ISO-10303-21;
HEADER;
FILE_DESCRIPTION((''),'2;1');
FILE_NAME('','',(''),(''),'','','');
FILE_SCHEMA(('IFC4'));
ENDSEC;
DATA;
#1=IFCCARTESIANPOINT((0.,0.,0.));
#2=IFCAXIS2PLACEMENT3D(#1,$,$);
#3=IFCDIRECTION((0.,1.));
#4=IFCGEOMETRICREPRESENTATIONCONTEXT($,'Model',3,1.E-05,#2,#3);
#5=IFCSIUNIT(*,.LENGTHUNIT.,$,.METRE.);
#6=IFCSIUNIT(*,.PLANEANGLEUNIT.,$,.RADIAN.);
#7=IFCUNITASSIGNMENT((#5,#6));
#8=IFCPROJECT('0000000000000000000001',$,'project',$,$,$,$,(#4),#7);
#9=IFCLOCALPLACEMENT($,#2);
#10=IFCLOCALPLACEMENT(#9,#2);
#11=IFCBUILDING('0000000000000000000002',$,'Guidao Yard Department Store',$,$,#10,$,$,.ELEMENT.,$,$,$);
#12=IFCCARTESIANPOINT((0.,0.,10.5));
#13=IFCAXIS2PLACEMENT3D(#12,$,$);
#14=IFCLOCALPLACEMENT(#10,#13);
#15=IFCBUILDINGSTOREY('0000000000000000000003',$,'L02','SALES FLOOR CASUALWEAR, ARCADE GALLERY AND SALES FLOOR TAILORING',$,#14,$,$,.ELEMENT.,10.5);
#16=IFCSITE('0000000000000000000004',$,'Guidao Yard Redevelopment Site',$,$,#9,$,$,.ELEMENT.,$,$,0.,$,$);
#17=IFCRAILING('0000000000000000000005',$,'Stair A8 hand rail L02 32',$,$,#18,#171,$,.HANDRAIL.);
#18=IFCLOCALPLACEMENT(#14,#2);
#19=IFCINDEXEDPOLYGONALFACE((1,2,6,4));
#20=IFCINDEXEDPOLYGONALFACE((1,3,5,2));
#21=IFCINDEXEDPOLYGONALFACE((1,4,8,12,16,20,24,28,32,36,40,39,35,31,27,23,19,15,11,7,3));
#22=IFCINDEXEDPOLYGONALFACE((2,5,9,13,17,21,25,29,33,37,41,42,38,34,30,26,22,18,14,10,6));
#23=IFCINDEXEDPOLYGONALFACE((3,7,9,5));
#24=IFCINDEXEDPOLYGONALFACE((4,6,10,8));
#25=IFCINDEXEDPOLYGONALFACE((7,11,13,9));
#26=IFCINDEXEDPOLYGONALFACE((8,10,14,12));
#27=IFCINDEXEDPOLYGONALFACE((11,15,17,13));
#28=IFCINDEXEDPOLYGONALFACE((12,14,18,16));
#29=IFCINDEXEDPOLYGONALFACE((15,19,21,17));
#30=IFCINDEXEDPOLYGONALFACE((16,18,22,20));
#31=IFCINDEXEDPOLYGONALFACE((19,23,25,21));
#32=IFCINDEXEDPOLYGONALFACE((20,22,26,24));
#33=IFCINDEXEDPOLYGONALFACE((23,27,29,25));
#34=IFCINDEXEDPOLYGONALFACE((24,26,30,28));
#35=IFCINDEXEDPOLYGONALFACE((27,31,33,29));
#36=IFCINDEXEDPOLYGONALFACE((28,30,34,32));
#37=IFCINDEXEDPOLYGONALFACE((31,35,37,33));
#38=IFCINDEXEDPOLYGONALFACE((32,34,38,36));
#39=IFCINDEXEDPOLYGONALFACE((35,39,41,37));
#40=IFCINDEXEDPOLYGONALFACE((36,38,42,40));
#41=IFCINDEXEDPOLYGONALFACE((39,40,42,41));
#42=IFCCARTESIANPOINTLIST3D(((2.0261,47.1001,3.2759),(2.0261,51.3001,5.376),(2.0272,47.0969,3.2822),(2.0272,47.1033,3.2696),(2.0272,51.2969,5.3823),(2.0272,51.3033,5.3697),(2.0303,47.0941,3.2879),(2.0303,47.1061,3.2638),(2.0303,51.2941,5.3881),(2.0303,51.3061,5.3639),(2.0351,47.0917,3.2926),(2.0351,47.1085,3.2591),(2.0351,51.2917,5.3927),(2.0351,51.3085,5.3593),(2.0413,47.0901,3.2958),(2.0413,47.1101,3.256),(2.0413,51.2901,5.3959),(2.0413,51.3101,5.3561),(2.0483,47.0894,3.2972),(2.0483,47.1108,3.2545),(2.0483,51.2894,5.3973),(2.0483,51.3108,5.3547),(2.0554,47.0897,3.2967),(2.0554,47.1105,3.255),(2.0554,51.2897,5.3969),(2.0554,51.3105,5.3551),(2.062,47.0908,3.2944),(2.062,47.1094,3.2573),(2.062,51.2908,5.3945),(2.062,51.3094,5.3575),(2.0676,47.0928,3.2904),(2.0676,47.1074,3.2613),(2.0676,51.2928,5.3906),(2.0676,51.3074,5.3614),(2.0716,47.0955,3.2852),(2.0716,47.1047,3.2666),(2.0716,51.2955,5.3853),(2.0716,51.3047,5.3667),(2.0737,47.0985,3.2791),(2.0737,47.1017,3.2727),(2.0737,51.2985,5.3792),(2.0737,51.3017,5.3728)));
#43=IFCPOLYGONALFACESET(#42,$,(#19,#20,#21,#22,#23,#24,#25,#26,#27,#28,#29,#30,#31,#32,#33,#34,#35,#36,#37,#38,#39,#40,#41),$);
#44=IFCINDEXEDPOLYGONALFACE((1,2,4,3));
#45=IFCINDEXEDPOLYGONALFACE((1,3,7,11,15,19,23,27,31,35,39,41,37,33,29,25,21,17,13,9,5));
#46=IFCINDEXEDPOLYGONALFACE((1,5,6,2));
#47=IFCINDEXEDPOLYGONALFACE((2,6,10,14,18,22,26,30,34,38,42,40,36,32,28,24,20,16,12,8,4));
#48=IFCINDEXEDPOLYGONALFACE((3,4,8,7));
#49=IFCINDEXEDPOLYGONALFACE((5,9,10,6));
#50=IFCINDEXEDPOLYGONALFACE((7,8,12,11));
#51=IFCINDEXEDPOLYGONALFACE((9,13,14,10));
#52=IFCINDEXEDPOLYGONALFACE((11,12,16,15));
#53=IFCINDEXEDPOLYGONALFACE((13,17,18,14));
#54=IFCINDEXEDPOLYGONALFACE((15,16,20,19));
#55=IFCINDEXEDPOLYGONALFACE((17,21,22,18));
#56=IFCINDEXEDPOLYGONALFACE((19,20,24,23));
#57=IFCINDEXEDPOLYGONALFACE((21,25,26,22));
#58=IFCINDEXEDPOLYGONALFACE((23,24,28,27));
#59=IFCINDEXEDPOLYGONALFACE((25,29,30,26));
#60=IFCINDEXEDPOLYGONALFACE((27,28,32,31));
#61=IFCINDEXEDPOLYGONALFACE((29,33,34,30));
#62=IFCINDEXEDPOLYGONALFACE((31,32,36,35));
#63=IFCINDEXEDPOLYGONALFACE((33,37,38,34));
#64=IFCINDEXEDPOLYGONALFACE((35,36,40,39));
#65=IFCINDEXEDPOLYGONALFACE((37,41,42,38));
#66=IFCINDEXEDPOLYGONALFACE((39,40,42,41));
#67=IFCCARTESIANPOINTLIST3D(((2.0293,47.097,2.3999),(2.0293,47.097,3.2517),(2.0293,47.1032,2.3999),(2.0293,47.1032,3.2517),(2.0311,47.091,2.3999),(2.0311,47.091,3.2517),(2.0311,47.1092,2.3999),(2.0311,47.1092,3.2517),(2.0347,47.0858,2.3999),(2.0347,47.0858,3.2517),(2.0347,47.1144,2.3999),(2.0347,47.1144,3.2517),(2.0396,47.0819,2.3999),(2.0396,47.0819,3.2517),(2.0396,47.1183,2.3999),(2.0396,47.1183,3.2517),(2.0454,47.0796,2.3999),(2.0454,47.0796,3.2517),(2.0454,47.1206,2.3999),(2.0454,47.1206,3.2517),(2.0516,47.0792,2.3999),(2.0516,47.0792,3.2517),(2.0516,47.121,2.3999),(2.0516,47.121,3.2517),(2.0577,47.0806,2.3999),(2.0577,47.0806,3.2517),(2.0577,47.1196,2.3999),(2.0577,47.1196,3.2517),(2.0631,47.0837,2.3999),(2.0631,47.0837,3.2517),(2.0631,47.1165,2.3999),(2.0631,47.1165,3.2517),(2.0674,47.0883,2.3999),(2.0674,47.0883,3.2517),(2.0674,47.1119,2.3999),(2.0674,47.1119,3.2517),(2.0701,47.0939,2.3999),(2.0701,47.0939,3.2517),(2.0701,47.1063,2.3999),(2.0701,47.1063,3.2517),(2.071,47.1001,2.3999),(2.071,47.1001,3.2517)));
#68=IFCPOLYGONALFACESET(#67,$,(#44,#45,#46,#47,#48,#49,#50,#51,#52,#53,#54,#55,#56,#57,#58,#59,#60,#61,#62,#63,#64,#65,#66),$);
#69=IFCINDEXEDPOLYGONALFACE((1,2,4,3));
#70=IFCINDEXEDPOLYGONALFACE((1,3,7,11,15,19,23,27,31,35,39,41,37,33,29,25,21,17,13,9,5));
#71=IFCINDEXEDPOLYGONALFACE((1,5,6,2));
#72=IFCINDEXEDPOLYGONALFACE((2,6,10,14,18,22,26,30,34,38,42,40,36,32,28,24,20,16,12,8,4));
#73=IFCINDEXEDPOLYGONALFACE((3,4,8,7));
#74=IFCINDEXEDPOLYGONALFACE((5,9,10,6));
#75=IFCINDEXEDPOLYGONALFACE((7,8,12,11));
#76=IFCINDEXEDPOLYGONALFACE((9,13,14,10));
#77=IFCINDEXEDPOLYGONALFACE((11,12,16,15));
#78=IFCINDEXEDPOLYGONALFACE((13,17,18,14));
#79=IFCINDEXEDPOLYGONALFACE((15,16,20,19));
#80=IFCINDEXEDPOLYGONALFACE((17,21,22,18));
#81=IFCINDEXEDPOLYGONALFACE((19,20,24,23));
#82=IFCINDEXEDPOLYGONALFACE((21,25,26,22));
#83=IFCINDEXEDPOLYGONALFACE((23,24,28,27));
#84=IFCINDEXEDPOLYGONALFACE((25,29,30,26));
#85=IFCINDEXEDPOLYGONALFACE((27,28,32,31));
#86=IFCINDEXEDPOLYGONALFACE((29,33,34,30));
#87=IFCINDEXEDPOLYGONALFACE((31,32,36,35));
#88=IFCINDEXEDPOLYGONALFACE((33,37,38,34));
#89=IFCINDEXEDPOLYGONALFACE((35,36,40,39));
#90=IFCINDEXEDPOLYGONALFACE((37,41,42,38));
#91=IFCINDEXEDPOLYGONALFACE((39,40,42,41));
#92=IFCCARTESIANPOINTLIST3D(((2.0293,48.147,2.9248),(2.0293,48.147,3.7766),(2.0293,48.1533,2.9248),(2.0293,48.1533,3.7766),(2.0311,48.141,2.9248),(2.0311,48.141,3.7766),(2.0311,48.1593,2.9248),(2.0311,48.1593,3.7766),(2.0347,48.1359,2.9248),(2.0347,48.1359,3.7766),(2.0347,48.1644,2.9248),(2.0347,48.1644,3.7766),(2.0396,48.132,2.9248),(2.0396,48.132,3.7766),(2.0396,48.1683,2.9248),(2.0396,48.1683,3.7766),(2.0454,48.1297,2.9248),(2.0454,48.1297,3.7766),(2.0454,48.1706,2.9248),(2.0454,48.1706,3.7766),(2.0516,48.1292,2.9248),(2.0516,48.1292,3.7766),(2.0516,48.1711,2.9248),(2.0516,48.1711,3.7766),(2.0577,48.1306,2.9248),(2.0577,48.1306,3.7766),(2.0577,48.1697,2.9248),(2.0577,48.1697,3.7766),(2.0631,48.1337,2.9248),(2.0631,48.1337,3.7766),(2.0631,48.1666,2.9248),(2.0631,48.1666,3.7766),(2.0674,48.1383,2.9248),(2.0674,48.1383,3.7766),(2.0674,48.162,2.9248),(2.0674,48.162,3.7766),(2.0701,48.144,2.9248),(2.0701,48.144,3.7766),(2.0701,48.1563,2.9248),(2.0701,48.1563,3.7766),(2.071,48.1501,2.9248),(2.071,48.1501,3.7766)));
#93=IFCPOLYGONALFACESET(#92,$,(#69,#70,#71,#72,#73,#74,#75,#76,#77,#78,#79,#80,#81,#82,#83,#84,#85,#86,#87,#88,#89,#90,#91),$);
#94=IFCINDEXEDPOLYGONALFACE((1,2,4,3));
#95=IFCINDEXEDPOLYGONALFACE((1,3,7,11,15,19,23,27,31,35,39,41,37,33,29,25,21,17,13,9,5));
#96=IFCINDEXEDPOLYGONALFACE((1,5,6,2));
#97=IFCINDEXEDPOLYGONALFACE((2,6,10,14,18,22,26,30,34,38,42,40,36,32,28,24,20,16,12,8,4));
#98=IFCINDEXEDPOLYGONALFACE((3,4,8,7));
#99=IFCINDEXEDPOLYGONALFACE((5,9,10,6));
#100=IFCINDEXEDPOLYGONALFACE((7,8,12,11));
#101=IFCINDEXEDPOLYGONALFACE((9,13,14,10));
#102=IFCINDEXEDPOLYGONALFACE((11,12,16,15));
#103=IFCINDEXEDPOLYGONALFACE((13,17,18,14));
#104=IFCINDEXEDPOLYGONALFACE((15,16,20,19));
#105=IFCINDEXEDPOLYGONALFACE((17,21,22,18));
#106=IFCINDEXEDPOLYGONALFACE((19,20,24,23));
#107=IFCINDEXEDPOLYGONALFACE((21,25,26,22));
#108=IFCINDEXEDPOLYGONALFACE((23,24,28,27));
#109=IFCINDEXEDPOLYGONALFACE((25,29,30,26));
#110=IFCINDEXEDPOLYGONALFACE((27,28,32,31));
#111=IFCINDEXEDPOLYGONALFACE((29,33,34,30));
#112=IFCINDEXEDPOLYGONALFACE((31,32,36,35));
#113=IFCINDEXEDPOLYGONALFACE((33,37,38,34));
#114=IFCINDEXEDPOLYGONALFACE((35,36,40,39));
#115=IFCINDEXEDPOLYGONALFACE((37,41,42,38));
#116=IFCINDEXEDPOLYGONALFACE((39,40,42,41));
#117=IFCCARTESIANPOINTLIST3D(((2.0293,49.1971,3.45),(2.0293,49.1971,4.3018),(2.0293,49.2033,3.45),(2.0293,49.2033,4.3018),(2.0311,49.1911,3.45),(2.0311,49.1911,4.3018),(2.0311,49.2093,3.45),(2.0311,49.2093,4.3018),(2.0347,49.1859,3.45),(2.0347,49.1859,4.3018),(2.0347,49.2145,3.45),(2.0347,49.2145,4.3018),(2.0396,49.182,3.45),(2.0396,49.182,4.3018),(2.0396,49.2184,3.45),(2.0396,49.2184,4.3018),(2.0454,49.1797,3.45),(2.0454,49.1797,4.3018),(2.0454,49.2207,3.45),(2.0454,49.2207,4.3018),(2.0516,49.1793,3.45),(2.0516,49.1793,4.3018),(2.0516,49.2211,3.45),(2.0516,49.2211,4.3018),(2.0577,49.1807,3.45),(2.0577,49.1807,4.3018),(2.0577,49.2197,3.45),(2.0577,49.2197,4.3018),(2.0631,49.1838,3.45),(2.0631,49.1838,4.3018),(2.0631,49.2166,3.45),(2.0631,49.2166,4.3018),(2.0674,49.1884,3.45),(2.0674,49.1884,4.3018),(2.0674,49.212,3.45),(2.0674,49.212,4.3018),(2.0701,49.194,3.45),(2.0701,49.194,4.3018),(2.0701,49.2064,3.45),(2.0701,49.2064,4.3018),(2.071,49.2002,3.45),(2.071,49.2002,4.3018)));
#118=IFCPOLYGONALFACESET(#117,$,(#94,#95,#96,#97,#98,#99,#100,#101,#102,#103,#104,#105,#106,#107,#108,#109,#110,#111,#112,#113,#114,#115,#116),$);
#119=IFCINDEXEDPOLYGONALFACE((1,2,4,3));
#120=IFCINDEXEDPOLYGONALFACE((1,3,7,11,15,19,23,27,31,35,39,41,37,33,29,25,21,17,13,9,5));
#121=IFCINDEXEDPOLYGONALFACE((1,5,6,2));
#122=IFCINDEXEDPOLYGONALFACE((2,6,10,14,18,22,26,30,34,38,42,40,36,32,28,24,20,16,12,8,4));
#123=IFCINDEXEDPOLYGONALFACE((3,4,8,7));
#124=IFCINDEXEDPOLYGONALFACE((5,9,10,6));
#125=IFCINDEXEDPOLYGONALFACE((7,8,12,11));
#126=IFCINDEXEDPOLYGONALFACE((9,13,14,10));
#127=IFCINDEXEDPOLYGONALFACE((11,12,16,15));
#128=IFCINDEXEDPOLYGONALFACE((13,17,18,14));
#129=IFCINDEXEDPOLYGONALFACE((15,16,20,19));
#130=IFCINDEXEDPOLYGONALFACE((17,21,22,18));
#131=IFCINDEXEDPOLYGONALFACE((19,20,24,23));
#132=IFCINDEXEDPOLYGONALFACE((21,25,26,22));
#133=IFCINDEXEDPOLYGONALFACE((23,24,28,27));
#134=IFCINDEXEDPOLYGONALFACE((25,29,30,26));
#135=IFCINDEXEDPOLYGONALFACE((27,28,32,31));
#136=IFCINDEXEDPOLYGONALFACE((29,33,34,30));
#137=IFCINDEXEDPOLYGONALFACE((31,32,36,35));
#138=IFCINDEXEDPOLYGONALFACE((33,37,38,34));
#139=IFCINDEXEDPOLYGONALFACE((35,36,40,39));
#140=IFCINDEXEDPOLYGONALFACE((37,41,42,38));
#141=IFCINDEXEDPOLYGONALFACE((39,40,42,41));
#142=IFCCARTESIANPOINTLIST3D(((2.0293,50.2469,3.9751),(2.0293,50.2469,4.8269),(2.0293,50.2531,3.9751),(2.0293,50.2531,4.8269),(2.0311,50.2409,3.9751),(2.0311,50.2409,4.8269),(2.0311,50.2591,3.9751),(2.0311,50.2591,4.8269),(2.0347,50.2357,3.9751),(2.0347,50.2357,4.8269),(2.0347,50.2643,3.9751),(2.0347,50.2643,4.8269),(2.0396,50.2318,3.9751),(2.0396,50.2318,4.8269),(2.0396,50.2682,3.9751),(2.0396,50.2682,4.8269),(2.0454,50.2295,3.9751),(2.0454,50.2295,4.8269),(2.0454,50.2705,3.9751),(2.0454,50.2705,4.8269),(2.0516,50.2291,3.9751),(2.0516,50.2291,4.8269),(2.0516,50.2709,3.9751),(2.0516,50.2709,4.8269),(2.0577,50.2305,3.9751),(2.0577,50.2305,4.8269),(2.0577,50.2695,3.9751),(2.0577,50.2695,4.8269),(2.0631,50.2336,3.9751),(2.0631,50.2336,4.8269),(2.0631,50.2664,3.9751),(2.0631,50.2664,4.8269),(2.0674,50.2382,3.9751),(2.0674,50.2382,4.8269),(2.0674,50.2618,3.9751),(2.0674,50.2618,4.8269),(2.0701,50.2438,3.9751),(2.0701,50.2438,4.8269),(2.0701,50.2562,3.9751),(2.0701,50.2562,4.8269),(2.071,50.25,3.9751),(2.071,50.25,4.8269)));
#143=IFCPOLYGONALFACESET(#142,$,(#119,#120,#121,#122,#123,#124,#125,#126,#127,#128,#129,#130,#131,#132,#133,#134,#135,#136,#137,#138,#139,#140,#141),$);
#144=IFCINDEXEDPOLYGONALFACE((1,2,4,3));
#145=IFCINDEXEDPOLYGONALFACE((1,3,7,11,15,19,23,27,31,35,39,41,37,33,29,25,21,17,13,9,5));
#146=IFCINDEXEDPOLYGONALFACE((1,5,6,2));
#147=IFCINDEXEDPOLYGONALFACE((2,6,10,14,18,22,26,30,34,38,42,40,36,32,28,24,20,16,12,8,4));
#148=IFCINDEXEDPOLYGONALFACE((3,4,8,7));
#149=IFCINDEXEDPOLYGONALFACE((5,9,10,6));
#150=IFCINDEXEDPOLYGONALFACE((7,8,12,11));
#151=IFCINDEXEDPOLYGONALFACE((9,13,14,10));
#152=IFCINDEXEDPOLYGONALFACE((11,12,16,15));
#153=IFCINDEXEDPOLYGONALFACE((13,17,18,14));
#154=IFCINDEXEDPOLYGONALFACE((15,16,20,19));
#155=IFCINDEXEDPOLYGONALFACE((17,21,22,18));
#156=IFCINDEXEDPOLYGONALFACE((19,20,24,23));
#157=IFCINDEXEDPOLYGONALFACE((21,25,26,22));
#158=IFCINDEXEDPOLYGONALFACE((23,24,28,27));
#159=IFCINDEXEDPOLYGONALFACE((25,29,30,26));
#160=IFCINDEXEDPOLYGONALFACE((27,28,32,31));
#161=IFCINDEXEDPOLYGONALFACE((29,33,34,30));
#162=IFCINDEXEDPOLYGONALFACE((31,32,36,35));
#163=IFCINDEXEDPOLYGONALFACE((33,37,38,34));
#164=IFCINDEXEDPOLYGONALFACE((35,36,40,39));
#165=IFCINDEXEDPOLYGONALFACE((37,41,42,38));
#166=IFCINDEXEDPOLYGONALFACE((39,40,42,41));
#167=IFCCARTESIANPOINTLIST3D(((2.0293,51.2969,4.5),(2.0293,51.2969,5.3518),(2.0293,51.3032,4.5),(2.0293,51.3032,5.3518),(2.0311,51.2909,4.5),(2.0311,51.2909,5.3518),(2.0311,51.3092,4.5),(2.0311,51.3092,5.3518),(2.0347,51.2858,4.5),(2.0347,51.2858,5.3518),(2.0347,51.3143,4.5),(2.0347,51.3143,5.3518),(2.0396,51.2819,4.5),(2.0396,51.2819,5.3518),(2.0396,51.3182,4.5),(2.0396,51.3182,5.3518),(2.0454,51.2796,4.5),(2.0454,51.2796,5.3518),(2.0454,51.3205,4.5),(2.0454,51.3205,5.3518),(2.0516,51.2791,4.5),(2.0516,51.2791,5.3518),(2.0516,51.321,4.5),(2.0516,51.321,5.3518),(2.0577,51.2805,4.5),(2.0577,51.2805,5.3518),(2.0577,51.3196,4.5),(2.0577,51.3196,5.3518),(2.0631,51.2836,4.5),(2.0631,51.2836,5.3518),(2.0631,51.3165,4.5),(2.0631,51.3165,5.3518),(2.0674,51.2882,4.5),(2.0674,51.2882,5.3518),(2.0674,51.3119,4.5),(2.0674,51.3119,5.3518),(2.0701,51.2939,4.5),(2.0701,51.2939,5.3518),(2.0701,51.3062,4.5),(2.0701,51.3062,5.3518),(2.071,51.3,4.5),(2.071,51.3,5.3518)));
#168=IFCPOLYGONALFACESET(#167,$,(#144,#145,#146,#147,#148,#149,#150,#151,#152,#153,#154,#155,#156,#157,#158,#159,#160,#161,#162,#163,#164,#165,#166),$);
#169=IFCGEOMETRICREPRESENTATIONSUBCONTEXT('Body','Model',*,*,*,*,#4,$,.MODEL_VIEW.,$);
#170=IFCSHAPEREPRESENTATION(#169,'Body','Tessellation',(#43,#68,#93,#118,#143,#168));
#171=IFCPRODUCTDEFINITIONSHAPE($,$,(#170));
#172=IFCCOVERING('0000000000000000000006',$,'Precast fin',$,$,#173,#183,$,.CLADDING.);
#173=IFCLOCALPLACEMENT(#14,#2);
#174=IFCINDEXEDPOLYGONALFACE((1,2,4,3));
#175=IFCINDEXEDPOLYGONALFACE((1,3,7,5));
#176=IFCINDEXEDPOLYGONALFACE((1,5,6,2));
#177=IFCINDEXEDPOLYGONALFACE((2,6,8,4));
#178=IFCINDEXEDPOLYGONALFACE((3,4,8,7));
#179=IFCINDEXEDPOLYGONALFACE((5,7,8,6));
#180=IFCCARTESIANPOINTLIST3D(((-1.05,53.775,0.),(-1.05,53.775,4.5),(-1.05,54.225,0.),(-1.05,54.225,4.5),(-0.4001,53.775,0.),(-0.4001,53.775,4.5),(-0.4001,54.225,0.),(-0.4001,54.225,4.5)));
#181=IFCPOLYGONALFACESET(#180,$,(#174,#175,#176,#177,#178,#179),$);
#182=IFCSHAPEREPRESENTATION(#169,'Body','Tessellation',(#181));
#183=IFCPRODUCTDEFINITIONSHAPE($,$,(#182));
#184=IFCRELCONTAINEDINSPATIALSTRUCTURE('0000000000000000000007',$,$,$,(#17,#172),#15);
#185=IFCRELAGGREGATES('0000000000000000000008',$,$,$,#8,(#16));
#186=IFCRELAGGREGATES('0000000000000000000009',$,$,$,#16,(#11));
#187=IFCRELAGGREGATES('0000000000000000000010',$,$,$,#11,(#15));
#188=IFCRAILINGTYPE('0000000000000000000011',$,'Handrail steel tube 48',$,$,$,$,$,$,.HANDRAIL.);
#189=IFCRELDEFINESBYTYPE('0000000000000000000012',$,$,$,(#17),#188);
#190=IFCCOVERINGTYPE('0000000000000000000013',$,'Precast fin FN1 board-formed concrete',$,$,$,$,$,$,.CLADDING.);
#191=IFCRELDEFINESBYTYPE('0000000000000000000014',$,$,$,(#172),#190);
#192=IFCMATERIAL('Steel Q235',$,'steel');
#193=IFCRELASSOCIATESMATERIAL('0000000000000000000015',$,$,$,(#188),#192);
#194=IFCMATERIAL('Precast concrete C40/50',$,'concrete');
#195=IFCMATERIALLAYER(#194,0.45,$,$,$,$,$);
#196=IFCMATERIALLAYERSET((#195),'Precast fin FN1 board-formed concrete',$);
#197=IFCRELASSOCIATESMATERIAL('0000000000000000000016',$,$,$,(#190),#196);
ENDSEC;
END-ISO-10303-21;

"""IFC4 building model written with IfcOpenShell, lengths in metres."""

from ifc_helpers import new_model, si_unit, direction, frame, origin, origin_2d, place, context, subcontext, project, spatial, rectangle, circle, extrude, material, layer, layer_set, type_object, element, save


model = new_model("IFC4")

# Units and contexts
model_context = context("Model", 3, precision=1e-05, world=origin(), true_north=direction((0.0, 1.0)))
body_context = subcontext(model_context, "Body", "Model", "MODEL_VIEW")
ifc_project = project(units=[si_unit("LENGTHUNIT", "METRE"), si_unit("PLANEANGLEUNIT", "RADIAN")], contexts=[model_context])

# Site, building, storey
site_placement = place(None, origin())
site = spatial("IfcSite", under=ifc_project, at=site_placement, Name="Guidao Yard Redevelopment Site", CompositionType="ELEMENT", RefElevation=0.0)
building_placement = place(site_placement, origin())
building = spatial("IfcBuilding", under=site, at=building_placement, Name="Guidao Yard Department Store", CompositionType="ELEMENT")
storey_placement = place(building_placement, frame((0.0, 0.0, 10.5)))
storey = spatial("IfcBuildingStorey", under=building, at=storey_placement, Name="L02", Description="SALES FLOOR CASUALWEAR, ARCADE GALLERY AND SALES FLOOR TAILORING", CompositionType="ELEMENT", Elevation=10.5)

# Railing
ifc_material_1 = material(Name="Steel Q235", Category="steel")
railing_type_1 = type_object("IfcRailingType", Name="Handrail steel tube 48", PredefinedType="HANDRAIL", material=ifc_material_1)
for number, where, name in (
    (1, (2.05, 47.1001, 2.3999), "Stair A8 hand rail L02 32"),
):
    element("IfcRailing", number, at=place(storey_placement, frame(where)), inside=storey, type_object=railing_type_1, Name=name, PredefinedType="HANDRAIL", context=body_context, shape_type="SweptSolid", body=[
        extrude(circle(Radius=0.0239, at=origin_2d()), frame((0.0, 0.0, 0.876), z_axis=(0.0, 0.894417, 0.447234), x_axis=(-1.0, 0.0, 0.0)), (0.0, 0.0, 1.0), 4.6958),
        extrude(circle(Radius=0.021, at=origin_2d()), origin(), (0.0, 0.0, 1.0), 0.8518),
        extrude(circle(Radius=0.021, at=origin_2d()), frame((0.0, 1.05, 0.5249)), (0.0, 0.0, 1.0), 0.8518),
        extrude(circle(Radius=0.021, at=origin_2d()), frame((0.0, 2.1001, 1.05)), (0.0, 0.0, 1.0), 0.8518),
        extrude(circle(Radius=0.021, at=origin_2d()), frame((0.0, 3.1499, 1.5752)), (0.0, 0.0, 1.0), 0.8518),
        extrude(circle(Radius=0.021, at=origin_2d()), frame((0.0, 4.2, 2.1001)), (0.0, 0.0, 1.0), 0.8518),
    ])

# Covering
ifc_material_2 = material(Name="Precast concrete C40/50", Category="concrete")
ifc_layer_1 = layer(ifc_material_2, 0.45)
ifc_layer_set_1 = layer_set([ifc_layer_1], Name="Precast fin FN1 board-formed concrete")
covering_type = type_object("IfcCoveringType", Name="Precast fin FN1 board-formed concrete", PredefinedType="CLADDING", material=ifc_layer_set_1)
covering_placement = place(storey_placement, frame((-0.7251, 54.0, 0.0), z_axis=(0.0, 0.0, 1.0), x_axis=(0.0, 1.0, 0.0)))
element("IfcCovering", 2, at=covering_placement, inside=storey, type_object=covering_type, Name="Precast fin", PredefinedType="CLADDING", context=body_context, shape_type="SweptSolid", body=[
    extrude(rectangle(XDim=0.45, YDim=0.6499, at=origin_2d()), origin(), (0.0, 0.0, 1.0), 4.5),
])

save(model, "model.ifc")
